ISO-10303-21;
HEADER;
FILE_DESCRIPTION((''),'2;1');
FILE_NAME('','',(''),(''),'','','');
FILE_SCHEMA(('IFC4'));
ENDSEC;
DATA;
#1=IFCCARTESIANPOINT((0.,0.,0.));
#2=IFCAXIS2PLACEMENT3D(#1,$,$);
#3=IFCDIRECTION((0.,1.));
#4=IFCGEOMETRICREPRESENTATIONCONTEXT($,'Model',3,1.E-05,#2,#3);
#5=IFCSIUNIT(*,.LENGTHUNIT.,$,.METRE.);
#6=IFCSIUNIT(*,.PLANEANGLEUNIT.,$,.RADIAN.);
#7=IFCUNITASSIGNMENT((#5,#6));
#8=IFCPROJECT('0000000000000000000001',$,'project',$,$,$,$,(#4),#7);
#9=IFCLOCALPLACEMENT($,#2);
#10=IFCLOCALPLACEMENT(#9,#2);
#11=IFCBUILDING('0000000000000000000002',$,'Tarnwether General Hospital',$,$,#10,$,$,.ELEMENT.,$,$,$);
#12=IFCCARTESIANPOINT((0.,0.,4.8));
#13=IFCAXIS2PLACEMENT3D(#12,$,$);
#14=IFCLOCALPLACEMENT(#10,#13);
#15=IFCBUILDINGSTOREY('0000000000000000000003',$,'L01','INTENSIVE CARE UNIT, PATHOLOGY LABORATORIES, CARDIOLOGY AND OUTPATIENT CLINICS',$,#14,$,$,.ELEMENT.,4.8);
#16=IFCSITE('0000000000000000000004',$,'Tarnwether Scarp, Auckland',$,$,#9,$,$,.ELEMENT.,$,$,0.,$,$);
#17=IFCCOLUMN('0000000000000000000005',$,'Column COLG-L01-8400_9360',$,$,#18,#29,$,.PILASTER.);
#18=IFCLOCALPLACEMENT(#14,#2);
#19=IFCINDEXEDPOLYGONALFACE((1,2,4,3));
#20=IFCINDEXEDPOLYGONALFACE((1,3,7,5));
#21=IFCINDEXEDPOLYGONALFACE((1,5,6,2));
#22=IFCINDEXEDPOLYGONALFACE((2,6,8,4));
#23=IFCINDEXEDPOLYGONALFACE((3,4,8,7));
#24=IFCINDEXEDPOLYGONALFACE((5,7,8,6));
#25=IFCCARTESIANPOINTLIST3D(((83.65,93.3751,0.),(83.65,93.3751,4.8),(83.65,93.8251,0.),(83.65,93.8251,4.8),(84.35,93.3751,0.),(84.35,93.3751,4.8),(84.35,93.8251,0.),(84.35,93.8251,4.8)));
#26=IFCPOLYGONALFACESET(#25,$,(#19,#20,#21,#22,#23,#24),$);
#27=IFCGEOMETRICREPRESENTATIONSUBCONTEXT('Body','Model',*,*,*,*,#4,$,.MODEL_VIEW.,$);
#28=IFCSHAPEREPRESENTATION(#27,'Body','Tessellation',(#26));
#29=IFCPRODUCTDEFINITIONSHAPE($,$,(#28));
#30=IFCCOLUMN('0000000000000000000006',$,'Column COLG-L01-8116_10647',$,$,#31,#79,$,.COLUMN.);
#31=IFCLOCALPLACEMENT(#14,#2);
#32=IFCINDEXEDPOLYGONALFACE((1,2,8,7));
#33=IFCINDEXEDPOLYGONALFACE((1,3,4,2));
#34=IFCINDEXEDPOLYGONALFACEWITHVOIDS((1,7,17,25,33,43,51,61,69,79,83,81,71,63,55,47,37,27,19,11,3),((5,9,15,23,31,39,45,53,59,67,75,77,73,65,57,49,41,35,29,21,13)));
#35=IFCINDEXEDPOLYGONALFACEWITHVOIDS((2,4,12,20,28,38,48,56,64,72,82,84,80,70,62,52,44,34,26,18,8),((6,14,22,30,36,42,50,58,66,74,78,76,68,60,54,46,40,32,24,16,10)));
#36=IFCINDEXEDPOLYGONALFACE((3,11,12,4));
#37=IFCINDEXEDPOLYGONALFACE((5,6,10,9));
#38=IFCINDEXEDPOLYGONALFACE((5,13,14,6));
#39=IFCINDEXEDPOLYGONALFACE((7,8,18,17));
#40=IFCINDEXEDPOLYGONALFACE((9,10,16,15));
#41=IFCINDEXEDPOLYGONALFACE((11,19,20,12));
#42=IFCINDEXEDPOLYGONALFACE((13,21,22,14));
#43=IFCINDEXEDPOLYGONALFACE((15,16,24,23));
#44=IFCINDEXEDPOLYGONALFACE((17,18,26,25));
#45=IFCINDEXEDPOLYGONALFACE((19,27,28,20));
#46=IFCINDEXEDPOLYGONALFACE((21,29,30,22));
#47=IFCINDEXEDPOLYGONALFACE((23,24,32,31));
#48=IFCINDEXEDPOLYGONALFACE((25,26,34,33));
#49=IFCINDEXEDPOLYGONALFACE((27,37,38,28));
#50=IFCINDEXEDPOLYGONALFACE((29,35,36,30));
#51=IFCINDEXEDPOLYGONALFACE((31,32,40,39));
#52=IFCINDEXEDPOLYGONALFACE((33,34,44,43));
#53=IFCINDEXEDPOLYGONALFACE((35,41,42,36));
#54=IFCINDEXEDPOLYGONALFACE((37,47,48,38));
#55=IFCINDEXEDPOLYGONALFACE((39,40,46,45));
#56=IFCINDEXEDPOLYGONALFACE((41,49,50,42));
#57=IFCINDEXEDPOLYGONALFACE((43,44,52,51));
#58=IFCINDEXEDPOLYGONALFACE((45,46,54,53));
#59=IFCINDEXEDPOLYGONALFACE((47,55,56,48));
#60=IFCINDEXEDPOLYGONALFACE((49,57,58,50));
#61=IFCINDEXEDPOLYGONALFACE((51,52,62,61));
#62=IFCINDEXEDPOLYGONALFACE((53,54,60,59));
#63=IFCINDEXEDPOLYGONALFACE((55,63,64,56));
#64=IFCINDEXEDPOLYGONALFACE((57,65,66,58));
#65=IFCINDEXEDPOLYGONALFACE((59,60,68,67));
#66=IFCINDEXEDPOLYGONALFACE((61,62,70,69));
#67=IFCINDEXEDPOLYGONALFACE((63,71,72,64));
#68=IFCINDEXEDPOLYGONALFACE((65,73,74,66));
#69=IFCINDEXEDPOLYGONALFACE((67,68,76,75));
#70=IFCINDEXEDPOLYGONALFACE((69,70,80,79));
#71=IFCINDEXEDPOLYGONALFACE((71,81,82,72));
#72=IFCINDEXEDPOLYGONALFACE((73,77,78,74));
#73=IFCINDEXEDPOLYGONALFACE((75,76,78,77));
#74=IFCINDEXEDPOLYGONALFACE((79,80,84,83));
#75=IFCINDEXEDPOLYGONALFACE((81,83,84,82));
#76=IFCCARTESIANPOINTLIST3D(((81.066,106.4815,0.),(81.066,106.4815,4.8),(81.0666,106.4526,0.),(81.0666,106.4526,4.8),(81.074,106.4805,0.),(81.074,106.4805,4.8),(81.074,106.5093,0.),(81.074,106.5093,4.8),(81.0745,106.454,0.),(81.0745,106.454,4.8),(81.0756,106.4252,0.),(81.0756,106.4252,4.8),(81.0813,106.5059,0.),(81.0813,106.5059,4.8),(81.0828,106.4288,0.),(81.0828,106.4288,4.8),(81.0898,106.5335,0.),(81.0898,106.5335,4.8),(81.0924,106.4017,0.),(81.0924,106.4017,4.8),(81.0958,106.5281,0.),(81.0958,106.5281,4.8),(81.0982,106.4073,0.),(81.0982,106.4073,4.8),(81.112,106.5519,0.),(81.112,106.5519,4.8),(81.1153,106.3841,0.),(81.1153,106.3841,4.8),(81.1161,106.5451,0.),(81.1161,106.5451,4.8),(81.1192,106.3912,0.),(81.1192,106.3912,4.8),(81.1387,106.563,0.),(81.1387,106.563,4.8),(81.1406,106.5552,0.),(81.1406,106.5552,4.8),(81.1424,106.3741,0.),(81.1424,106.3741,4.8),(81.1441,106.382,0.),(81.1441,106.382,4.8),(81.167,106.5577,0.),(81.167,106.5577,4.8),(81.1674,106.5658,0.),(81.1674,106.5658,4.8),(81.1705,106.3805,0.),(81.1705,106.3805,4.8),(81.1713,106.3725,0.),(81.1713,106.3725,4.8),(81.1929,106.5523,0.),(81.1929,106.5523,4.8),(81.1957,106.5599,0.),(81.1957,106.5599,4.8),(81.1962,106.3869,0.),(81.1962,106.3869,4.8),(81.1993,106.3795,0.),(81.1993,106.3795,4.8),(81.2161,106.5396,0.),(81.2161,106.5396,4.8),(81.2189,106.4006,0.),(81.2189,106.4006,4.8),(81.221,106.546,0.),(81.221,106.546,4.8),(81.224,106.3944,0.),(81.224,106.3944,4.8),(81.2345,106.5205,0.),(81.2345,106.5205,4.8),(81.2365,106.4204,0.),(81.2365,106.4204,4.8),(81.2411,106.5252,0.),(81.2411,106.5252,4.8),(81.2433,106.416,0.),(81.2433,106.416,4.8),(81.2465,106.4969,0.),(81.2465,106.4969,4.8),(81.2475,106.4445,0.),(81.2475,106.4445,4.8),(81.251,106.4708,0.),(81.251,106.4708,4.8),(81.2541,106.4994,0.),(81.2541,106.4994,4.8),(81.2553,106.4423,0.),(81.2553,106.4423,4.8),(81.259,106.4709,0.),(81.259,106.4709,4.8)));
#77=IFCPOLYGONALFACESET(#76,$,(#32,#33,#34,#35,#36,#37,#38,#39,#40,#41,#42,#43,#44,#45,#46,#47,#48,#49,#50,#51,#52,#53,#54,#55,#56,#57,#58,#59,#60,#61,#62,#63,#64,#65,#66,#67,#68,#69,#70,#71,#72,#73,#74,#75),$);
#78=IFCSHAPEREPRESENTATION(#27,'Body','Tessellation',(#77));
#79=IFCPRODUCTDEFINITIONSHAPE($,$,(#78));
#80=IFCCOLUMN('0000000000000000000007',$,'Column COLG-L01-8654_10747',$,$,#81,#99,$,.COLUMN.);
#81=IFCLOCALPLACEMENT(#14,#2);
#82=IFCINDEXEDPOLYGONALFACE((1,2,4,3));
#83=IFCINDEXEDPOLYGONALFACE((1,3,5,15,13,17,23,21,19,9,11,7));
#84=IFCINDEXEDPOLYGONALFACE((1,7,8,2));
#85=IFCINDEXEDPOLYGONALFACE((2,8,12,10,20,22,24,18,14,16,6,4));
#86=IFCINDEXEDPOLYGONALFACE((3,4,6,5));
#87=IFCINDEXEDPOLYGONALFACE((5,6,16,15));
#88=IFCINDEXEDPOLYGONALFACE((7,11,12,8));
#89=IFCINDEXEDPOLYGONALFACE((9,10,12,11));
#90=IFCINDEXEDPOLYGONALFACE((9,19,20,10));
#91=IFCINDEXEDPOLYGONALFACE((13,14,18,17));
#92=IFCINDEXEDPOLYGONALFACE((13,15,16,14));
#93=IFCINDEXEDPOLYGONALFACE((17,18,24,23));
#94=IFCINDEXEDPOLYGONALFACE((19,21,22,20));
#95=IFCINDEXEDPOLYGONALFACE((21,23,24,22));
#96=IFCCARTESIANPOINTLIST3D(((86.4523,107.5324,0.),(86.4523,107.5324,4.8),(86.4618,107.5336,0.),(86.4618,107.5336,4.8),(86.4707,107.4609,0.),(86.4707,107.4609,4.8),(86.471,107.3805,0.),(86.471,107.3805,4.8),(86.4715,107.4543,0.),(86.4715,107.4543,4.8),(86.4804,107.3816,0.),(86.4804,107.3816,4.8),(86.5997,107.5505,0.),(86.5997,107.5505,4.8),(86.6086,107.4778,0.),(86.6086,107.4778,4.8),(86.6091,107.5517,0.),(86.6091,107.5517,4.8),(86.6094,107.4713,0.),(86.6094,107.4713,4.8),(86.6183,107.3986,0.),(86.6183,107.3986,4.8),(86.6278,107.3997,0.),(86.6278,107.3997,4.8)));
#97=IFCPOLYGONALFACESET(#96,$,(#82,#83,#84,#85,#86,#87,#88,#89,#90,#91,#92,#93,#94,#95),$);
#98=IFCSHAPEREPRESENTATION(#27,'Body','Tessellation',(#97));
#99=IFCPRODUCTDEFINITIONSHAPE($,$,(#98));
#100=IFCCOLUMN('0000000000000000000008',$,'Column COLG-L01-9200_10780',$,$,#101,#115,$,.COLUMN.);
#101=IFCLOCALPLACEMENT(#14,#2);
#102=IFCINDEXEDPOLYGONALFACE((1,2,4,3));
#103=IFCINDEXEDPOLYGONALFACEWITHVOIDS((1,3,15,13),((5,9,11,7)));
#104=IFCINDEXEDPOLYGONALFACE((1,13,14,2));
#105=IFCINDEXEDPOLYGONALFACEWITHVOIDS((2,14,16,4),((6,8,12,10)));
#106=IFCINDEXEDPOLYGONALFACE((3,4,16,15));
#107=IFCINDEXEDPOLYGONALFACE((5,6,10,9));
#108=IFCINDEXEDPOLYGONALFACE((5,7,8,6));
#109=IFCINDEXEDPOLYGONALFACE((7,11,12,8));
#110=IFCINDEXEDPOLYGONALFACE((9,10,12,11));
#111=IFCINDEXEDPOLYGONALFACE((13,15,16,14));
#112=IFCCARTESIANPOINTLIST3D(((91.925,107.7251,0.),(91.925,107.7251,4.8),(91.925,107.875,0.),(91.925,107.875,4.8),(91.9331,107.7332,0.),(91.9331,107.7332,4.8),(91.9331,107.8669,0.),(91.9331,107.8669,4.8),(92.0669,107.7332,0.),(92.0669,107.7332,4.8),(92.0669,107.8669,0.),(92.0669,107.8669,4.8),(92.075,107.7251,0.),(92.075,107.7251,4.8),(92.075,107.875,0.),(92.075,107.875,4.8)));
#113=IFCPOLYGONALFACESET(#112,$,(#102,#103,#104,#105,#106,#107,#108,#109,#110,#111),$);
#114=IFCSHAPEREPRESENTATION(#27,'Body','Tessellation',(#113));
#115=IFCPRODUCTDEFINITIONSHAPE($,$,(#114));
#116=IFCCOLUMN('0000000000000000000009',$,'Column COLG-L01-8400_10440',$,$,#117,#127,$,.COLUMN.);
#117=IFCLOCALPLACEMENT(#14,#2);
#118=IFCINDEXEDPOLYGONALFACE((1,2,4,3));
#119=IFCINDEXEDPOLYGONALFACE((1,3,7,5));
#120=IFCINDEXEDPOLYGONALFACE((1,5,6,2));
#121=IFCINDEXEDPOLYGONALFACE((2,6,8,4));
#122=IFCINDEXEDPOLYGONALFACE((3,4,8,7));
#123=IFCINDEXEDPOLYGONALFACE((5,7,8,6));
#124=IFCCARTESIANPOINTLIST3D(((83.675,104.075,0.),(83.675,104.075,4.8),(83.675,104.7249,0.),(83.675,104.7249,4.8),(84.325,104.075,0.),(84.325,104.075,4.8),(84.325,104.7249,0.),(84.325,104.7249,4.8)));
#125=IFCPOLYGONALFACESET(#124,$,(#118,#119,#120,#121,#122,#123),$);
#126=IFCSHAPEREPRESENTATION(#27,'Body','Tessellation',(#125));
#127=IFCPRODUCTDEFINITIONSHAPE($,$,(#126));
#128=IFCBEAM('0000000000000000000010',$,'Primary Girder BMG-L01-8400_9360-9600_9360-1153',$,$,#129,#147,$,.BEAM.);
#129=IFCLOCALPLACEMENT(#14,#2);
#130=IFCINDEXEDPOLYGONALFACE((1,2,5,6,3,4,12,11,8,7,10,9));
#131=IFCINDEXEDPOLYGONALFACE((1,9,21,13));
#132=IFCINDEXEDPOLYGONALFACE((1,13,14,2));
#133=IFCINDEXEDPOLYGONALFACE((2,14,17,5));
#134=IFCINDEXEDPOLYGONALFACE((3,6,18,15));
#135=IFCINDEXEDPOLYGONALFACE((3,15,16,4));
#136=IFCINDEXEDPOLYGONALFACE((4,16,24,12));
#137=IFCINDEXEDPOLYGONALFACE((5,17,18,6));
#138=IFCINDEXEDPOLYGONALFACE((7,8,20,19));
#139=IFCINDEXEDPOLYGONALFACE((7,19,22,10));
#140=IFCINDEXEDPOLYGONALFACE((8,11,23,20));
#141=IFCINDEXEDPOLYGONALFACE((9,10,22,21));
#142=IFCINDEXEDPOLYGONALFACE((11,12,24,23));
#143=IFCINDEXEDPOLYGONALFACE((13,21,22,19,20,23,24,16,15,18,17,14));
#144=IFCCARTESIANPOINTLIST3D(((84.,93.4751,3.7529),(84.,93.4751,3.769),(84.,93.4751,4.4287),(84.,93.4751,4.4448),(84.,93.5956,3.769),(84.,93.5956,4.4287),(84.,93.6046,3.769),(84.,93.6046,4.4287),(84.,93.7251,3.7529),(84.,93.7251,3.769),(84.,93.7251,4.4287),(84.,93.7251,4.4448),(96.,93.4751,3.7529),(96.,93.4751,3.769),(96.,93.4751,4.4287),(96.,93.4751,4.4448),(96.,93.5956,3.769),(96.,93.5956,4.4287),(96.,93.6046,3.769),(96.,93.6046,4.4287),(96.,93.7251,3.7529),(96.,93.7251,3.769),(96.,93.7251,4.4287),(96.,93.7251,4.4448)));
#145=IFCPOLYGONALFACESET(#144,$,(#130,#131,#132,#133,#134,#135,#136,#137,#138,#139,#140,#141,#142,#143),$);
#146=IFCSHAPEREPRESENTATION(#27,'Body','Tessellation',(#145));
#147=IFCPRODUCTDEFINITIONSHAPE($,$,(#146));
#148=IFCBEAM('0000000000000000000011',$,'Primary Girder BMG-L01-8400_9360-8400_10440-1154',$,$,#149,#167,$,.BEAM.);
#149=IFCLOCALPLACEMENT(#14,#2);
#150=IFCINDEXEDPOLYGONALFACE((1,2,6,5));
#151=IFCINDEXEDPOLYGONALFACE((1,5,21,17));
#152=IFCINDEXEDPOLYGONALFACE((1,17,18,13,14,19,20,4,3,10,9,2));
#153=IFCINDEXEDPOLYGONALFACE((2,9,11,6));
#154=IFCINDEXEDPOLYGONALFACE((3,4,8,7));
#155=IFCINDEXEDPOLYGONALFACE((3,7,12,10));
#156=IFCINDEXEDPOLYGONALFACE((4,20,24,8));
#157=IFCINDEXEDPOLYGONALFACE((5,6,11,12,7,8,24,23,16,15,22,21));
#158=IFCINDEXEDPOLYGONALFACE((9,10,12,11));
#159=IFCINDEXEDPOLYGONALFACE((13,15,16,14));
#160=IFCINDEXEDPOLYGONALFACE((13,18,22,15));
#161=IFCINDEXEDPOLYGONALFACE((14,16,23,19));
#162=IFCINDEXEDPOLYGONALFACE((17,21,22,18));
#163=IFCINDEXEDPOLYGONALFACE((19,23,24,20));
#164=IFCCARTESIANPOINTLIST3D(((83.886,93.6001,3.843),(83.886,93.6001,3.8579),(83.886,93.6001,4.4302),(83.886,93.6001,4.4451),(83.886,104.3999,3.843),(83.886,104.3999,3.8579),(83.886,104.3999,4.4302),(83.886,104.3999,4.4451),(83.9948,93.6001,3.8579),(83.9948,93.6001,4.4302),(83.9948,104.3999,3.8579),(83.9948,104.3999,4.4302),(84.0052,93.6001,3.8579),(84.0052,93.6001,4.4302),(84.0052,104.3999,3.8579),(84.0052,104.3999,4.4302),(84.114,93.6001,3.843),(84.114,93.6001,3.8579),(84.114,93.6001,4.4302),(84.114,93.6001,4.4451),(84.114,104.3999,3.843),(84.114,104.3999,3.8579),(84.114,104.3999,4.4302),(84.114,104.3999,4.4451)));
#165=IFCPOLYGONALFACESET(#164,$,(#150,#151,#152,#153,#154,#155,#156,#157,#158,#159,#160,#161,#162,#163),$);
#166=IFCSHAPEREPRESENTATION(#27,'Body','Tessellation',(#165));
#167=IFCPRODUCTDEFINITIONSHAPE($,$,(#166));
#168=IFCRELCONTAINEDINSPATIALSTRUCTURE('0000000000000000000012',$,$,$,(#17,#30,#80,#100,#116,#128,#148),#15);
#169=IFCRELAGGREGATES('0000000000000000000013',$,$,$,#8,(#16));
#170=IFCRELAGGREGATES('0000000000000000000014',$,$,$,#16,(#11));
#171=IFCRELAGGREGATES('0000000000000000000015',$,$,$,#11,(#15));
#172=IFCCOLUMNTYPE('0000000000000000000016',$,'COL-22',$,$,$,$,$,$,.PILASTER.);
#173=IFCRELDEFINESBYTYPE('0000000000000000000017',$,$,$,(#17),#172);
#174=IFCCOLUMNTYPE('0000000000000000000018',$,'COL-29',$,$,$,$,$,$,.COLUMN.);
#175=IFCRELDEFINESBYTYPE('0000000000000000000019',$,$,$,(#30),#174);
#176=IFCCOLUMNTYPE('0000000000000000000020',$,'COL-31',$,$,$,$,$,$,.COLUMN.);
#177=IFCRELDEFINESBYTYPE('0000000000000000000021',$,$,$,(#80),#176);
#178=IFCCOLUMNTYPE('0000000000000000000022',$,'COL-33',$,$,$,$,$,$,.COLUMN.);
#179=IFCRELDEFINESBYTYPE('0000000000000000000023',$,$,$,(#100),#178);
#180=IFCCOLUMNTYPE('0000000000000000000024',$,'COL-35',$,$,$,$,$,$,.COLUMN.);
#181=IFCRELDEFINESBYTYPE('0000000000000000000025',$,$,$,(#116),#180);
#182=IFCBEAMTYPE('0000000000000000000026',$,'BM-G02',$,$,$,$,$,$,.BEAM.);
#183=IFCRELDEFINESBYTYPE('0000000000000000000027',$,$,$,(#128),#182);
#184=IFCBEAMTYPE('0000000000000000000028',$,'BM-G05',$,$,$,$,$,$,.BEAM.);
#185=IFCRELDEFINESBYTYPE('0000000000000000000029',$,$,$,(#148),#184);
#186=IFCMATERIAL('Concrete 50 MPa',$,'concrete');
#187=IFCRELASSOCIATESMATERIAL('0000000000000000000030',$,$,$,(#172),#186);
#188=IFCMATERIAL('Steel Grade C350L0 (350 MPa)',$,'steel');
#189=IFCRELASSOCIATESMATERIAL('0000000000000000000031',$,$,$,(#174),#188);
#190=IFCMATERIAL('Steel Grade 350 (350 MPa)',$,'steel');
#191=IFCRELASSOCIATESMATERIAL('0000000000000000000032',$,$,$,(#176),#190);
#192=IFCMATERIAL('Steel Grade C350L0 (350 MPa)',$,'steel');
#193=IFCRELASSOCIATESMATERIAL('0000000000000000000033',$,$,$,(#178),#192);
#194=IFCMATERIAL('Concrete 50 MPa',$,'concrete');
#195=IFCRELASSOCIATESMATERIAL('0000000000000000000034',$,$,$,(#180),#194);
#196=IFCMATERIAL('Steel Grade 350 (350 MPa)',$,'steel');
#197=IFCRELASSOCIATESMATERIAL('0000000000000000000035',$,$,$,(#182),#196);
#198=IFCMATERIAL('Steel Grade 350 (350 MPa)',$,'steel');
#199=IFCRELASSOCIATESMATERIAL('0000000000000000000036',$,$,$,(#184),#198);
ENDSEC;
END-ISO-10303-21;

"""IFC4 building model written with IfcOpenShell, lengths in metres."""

from ifc_helpers import new_model, si_unit, direction, frame, origin, origin_2d, place, context, subcontext, project, spatial, rectangle, hollow_rectangle, hollow_circle, i_section, extrude, material, material_profile, profile_set, type_object, element, save


model = new_model("IFC4")

# Units and contexts
model_context = context("Model", 3, precision=1e-05, world=origin(), true_north=direction((0.0, 1.0)))
body_context = subcontext(model_context, "Body", "Model", "MODEL_VIEW")
ifc_project = project(units=[si_unit("LENGTHUNIT", "METRE"), si_unit("PLANEANGLEUNIT", "RADIAN")], contexts=[model_context])

# Site, building, storey
site_placement = place(None, origin())
site = spatial("IfcSite", under=ifc_project, at=site_placement, Name="Tarnwether Scarp, Auckland", CompositionType="ELEMENT", RefElevation=0.0)
building_placement = place(site_placement, origin())
building = spatial("IfcBuilding", under=site, at=building_placement, Name="Tarnwether General Hospital", CompositionType="ELEMENT")
storey_placement = place(building_placement, frame((0.0, 0.0, 4.8)))
storey = spatial("IfcBuildingStorey", under=building, at=storey_placement, Name="L01", Description="INTENSIVE CARE UNIT, PATHOLOGY LABORATORIES, CARDIOLOGY AND OUTPATIENT CLINICS", CompositionType="ELEMENT", Elevation=4.8)

# Columns
ifc_material_1 = material(Name="Concrete 50 MPa", Category="concrete")
ifc_material_profile_1 = material_profile(ifc_material_1, rectangle(XDim=0.45, YDim=0.7, at=origin_2d()), Name="RC-PIL-450x700")
ifc_profile_set_1 = profile_set([ifc_material_profile_1], Name="Concrete 50 MPa")
column_type_1 = type_object("IfcColumnType", Name="COL-22", PredefinedType="PILASTER", material=ifc_profile_set_1)
column_1_placement = place(storey_placement, frame((84.0, 93.6001, 0.0), z_axis=(0.0, 0.0, 1.0), x_axis=(0.0, 1.0, 0.0)))
element("IfcColumn", 1, at=column_1_placement, inside=storey, type_object=column_type_1, Name="Column COLG-L01-8400_9360", PredefinedType="PILASTER", context=body_context, shape_type="SweptSolid", body=[
    extrude(rectangle(XDim=0.45, YDim=0.7, at=origin_2d()), origin(), (0.0, 0.0, 1.0), 4.8),
])
ifc_material_2 = material(Name="Steel Grade C350L0 (350 MPa)", Category="steel")
ifc_material_profile_2 = material_profile(ifc_material_2, hollow_circle(Radius=0.0969, WallThickness=0.0081, at=origin_2d()), Name="CHS193.7x8.0")
ifc_profile_set_2 = profile_set([ifc_material_profile_2], Name="Steel Grade C350L0 (350 MPa)")
column_type_2 = type_object("IfcColumnType", Name="COL-29", PredefinedType="COLUMN", material=ifc_profile_set_2)
column_2_placement = place(storey_placement, frame((81.1621, 106.469, 0.0), z_axis=(0.0, 0.0, 1.0), x_axis=(-0.241922, 0.970296, 0.0)))
element("IfcColumn", 2, at=column_2_placement, inside=storey, type_object=column_type_2, Name="Column COLG-L01-8116_10647", PredefinedType="COLUMN", context=body_context, shape_type="SweptSolid", body=[
    extrude(hollow_circle(Radius=0.0969, WallThickness=0.0081, at=origin_2d()), origin(), (0.0, 0.0, 1.0), 4.8),
])
ifc_material_3 = material(Name="Steel Grade 350 (350 MPa)", Category="steel")
ifc_material_profile_3 = material_profile(ifc_material_3, i_section(OverallWidth=0.1531, OverallDepth=0.158, WebThickness=0.0066, FlangeThickness=0.0095, at=origin_2d()), Name="150UC30.0")
ifc_profile_set_3 = profile_set([ifc_material_profile_3], Name="Steel Grade 350 (350 MPa)")
column_type_3 = type_object("IfcColumnType", Name="COL-31", PredefinedType="COLUMN", material=ifc_profile_set_3)
column_3_placement = place(storey_placement, frame((86.54, 107.4661, 0.0), z_axis=(0.0, 0.0, 1.0), x_axis=(-0.121869, 0.992546, 0.0)))
element("IfcColumn", 3, at=column_3_placement, inside=storey, type_object=column_type_3, Name="Column COLG-L01-8654_10747", PredefinedType="COLUMN", context=body_context, shape_type="SweptSolid", body=[
    extrude(i_section(OverallWidth=0.1531, OverallDepth=0.158, WebThickness=0.0066, FlangeThickness=0.0095, at=origin_2d()), origin(), (0.0, 0.0, 1.0), 4.8),
])
ifc_material_4 = material(Name="Steel Grade C350L0 (350 MPa)", Category="steel")
ifc_material_profile_4 = material_profile(ifc_material_4, hollow_rectangle(XDim=0.1499, YDim=0.1499, WallThickness=0.0081, at=origin_2d()), Name="SHS150x150x8")
ifc_profile_set_4 = profile_set([ifc_material_profile_4], Name="Steel Grade C350L0 (350 MPa)")
column_type_4 = type_object("IfcColumnType", Name="COL-33", PredefinedType="COLUMN", material=ifc_profile_set_4)
column_4_placement = place(storey_placement, frame((92.0, 107.8, 0.0), z_axis=(0.0, 0.0, 1.0), x_axis=(0.0, 1.0, 0.0)))
element("IfcColumn", 4, at=column_4_placement, inside=storey, type_object=column_type_4, Name="Column COLG-L01-9200_10780", PredefinedType="COLUMN", context=body_context, shape_type="SweptSolid", body=[
    extrude(hollow_rectangle(XDim=0.1499, YDim=0.1499, WallThickness=0.0081, at=origin_2d()), origin(), (0.0, 0.0, 1.0), 4.8),
])
ifc_material_5 = material(Name="Concrete 50 MPa", Category="concrete")
ifc_material_profile_5 = material_profile(ifc_material_5, rectangle(XDim=0.6499, YDim=0.6499, at=origin_2d()), Name="RC-COL-650x650")
ifc_profile_set_5 = profile_set([ifc_material_profile_5], Name="Concrete 50 MPa")
column_type_5 = type_object("IfcColumnType", Name="COL-35", PredefinedType="COLUMN", material=ifc_profile_set_5)
column_5_placement = place(storey_placement, frame((84.0, 104.3999, 0.0), z_axis=(0.0, 0.0, 1.0), x_axis=(0.0, 1.0, 0.0)))
element("IfcColumn", 5, at=column_5_placement, inside=storey, type_object=column_type_5, Name="Column COLG-L01-8400_10440", PredefinedType="COLUMN", context=body_context, shape_type="SweptSolid", body=[
    extrude(rectangle(XDim=0.6499, YDim=0.6499, at=origin_2d()), origin(), (0.0, 0.0, 1.0), 4.8),
])

# Beams
ifc_material_6 = material(Name="Steel Grade 350 (350 MPa)", Category="steel")
ifc_material_profile_6 = material_profile(ifc_material_6, i_section(OverallWidth=0.25, OverallDepth=0.6919, WebThickness=0.009, FlangeThickness=0.0161, at=origin_2d()), Name="700WB115")
ifc_profile_set_6 = profile_set([ifc_material_profile_6], Name="Steel Grade 350 (350 MPa)")
beam_type_1 = type_object("IfcBeamType", Name="BM-G02", PredefinedType="BEAM", material=ifc_profile_set_6)
beam_1_placement = place(storey_placement, frame((84.0, 93.6001, 4.0989), z_axis=(1.0, 0.0, 0.0), x_axis=(0.0, 1.0, 0.0)))
element("IfcBeam", 6, at=beam_1_placement, inside=storey, type_object=beam_type_1, Name="Primary Girder BMG-L01-8400_9360-9600_9360-1153", PredefinedType="BEAM", context=body_context, shape_type="SweptSolid", body=[
    extrude(i_section(OverallWidth=0.25, OverallDepth=0.6919, WebThickness=0.009, FlangeThickness=0.0161, at=origin_2d()), origin(), (0.0, 0.0, 1.0), 12.0),
])
ifc_material_7 = material(Name="Steel Grade 350 (350 MPa)", Category="steel")
ifc_material_profile_7 = material_profile(ifc_material_7, i_section(OverallWidth=0.228, OverallDepth=0.6021, WebThickness=0.0105, FlangeThickness=0.0149, at=origin_2d()), Name="610UB101")
ifc_profile_set_7 = profile_set([ifc_material_profile_7], Name="Steel Grade 350 (350 MPa)")
beam_type_2 = type_object("IfcBeamType", Name="BM-G05", PredefinedType="BEAM", material=ifc_profile_set_7)
beam_2_placement = place(storey_placement, frame((84.0, 93.6001, 4.144), z_axis=(0.0, 1.0, 0.0), x_axis=(-1.0, 0.0, 0.0)))
element("IfcBeam", 7, at=beam_2_placement, inside=storey, type_object=beam_type_2, Name="Primary Girder BMG-L01-8400_9360-8400_10440-1154", PredefinedType="BEAM", context=body_context, shape_type="SweptSolid", body=[
    extrude(i_section(OverallWidth=0.228, OverallDepth=0.6021, WebThickness=0.0105, FlangeThickness=0.0149, at=origin_2d()), origin(), (0.0, 0.0, 1.0), 10.7998),
])

save(model, "model.ifc")
